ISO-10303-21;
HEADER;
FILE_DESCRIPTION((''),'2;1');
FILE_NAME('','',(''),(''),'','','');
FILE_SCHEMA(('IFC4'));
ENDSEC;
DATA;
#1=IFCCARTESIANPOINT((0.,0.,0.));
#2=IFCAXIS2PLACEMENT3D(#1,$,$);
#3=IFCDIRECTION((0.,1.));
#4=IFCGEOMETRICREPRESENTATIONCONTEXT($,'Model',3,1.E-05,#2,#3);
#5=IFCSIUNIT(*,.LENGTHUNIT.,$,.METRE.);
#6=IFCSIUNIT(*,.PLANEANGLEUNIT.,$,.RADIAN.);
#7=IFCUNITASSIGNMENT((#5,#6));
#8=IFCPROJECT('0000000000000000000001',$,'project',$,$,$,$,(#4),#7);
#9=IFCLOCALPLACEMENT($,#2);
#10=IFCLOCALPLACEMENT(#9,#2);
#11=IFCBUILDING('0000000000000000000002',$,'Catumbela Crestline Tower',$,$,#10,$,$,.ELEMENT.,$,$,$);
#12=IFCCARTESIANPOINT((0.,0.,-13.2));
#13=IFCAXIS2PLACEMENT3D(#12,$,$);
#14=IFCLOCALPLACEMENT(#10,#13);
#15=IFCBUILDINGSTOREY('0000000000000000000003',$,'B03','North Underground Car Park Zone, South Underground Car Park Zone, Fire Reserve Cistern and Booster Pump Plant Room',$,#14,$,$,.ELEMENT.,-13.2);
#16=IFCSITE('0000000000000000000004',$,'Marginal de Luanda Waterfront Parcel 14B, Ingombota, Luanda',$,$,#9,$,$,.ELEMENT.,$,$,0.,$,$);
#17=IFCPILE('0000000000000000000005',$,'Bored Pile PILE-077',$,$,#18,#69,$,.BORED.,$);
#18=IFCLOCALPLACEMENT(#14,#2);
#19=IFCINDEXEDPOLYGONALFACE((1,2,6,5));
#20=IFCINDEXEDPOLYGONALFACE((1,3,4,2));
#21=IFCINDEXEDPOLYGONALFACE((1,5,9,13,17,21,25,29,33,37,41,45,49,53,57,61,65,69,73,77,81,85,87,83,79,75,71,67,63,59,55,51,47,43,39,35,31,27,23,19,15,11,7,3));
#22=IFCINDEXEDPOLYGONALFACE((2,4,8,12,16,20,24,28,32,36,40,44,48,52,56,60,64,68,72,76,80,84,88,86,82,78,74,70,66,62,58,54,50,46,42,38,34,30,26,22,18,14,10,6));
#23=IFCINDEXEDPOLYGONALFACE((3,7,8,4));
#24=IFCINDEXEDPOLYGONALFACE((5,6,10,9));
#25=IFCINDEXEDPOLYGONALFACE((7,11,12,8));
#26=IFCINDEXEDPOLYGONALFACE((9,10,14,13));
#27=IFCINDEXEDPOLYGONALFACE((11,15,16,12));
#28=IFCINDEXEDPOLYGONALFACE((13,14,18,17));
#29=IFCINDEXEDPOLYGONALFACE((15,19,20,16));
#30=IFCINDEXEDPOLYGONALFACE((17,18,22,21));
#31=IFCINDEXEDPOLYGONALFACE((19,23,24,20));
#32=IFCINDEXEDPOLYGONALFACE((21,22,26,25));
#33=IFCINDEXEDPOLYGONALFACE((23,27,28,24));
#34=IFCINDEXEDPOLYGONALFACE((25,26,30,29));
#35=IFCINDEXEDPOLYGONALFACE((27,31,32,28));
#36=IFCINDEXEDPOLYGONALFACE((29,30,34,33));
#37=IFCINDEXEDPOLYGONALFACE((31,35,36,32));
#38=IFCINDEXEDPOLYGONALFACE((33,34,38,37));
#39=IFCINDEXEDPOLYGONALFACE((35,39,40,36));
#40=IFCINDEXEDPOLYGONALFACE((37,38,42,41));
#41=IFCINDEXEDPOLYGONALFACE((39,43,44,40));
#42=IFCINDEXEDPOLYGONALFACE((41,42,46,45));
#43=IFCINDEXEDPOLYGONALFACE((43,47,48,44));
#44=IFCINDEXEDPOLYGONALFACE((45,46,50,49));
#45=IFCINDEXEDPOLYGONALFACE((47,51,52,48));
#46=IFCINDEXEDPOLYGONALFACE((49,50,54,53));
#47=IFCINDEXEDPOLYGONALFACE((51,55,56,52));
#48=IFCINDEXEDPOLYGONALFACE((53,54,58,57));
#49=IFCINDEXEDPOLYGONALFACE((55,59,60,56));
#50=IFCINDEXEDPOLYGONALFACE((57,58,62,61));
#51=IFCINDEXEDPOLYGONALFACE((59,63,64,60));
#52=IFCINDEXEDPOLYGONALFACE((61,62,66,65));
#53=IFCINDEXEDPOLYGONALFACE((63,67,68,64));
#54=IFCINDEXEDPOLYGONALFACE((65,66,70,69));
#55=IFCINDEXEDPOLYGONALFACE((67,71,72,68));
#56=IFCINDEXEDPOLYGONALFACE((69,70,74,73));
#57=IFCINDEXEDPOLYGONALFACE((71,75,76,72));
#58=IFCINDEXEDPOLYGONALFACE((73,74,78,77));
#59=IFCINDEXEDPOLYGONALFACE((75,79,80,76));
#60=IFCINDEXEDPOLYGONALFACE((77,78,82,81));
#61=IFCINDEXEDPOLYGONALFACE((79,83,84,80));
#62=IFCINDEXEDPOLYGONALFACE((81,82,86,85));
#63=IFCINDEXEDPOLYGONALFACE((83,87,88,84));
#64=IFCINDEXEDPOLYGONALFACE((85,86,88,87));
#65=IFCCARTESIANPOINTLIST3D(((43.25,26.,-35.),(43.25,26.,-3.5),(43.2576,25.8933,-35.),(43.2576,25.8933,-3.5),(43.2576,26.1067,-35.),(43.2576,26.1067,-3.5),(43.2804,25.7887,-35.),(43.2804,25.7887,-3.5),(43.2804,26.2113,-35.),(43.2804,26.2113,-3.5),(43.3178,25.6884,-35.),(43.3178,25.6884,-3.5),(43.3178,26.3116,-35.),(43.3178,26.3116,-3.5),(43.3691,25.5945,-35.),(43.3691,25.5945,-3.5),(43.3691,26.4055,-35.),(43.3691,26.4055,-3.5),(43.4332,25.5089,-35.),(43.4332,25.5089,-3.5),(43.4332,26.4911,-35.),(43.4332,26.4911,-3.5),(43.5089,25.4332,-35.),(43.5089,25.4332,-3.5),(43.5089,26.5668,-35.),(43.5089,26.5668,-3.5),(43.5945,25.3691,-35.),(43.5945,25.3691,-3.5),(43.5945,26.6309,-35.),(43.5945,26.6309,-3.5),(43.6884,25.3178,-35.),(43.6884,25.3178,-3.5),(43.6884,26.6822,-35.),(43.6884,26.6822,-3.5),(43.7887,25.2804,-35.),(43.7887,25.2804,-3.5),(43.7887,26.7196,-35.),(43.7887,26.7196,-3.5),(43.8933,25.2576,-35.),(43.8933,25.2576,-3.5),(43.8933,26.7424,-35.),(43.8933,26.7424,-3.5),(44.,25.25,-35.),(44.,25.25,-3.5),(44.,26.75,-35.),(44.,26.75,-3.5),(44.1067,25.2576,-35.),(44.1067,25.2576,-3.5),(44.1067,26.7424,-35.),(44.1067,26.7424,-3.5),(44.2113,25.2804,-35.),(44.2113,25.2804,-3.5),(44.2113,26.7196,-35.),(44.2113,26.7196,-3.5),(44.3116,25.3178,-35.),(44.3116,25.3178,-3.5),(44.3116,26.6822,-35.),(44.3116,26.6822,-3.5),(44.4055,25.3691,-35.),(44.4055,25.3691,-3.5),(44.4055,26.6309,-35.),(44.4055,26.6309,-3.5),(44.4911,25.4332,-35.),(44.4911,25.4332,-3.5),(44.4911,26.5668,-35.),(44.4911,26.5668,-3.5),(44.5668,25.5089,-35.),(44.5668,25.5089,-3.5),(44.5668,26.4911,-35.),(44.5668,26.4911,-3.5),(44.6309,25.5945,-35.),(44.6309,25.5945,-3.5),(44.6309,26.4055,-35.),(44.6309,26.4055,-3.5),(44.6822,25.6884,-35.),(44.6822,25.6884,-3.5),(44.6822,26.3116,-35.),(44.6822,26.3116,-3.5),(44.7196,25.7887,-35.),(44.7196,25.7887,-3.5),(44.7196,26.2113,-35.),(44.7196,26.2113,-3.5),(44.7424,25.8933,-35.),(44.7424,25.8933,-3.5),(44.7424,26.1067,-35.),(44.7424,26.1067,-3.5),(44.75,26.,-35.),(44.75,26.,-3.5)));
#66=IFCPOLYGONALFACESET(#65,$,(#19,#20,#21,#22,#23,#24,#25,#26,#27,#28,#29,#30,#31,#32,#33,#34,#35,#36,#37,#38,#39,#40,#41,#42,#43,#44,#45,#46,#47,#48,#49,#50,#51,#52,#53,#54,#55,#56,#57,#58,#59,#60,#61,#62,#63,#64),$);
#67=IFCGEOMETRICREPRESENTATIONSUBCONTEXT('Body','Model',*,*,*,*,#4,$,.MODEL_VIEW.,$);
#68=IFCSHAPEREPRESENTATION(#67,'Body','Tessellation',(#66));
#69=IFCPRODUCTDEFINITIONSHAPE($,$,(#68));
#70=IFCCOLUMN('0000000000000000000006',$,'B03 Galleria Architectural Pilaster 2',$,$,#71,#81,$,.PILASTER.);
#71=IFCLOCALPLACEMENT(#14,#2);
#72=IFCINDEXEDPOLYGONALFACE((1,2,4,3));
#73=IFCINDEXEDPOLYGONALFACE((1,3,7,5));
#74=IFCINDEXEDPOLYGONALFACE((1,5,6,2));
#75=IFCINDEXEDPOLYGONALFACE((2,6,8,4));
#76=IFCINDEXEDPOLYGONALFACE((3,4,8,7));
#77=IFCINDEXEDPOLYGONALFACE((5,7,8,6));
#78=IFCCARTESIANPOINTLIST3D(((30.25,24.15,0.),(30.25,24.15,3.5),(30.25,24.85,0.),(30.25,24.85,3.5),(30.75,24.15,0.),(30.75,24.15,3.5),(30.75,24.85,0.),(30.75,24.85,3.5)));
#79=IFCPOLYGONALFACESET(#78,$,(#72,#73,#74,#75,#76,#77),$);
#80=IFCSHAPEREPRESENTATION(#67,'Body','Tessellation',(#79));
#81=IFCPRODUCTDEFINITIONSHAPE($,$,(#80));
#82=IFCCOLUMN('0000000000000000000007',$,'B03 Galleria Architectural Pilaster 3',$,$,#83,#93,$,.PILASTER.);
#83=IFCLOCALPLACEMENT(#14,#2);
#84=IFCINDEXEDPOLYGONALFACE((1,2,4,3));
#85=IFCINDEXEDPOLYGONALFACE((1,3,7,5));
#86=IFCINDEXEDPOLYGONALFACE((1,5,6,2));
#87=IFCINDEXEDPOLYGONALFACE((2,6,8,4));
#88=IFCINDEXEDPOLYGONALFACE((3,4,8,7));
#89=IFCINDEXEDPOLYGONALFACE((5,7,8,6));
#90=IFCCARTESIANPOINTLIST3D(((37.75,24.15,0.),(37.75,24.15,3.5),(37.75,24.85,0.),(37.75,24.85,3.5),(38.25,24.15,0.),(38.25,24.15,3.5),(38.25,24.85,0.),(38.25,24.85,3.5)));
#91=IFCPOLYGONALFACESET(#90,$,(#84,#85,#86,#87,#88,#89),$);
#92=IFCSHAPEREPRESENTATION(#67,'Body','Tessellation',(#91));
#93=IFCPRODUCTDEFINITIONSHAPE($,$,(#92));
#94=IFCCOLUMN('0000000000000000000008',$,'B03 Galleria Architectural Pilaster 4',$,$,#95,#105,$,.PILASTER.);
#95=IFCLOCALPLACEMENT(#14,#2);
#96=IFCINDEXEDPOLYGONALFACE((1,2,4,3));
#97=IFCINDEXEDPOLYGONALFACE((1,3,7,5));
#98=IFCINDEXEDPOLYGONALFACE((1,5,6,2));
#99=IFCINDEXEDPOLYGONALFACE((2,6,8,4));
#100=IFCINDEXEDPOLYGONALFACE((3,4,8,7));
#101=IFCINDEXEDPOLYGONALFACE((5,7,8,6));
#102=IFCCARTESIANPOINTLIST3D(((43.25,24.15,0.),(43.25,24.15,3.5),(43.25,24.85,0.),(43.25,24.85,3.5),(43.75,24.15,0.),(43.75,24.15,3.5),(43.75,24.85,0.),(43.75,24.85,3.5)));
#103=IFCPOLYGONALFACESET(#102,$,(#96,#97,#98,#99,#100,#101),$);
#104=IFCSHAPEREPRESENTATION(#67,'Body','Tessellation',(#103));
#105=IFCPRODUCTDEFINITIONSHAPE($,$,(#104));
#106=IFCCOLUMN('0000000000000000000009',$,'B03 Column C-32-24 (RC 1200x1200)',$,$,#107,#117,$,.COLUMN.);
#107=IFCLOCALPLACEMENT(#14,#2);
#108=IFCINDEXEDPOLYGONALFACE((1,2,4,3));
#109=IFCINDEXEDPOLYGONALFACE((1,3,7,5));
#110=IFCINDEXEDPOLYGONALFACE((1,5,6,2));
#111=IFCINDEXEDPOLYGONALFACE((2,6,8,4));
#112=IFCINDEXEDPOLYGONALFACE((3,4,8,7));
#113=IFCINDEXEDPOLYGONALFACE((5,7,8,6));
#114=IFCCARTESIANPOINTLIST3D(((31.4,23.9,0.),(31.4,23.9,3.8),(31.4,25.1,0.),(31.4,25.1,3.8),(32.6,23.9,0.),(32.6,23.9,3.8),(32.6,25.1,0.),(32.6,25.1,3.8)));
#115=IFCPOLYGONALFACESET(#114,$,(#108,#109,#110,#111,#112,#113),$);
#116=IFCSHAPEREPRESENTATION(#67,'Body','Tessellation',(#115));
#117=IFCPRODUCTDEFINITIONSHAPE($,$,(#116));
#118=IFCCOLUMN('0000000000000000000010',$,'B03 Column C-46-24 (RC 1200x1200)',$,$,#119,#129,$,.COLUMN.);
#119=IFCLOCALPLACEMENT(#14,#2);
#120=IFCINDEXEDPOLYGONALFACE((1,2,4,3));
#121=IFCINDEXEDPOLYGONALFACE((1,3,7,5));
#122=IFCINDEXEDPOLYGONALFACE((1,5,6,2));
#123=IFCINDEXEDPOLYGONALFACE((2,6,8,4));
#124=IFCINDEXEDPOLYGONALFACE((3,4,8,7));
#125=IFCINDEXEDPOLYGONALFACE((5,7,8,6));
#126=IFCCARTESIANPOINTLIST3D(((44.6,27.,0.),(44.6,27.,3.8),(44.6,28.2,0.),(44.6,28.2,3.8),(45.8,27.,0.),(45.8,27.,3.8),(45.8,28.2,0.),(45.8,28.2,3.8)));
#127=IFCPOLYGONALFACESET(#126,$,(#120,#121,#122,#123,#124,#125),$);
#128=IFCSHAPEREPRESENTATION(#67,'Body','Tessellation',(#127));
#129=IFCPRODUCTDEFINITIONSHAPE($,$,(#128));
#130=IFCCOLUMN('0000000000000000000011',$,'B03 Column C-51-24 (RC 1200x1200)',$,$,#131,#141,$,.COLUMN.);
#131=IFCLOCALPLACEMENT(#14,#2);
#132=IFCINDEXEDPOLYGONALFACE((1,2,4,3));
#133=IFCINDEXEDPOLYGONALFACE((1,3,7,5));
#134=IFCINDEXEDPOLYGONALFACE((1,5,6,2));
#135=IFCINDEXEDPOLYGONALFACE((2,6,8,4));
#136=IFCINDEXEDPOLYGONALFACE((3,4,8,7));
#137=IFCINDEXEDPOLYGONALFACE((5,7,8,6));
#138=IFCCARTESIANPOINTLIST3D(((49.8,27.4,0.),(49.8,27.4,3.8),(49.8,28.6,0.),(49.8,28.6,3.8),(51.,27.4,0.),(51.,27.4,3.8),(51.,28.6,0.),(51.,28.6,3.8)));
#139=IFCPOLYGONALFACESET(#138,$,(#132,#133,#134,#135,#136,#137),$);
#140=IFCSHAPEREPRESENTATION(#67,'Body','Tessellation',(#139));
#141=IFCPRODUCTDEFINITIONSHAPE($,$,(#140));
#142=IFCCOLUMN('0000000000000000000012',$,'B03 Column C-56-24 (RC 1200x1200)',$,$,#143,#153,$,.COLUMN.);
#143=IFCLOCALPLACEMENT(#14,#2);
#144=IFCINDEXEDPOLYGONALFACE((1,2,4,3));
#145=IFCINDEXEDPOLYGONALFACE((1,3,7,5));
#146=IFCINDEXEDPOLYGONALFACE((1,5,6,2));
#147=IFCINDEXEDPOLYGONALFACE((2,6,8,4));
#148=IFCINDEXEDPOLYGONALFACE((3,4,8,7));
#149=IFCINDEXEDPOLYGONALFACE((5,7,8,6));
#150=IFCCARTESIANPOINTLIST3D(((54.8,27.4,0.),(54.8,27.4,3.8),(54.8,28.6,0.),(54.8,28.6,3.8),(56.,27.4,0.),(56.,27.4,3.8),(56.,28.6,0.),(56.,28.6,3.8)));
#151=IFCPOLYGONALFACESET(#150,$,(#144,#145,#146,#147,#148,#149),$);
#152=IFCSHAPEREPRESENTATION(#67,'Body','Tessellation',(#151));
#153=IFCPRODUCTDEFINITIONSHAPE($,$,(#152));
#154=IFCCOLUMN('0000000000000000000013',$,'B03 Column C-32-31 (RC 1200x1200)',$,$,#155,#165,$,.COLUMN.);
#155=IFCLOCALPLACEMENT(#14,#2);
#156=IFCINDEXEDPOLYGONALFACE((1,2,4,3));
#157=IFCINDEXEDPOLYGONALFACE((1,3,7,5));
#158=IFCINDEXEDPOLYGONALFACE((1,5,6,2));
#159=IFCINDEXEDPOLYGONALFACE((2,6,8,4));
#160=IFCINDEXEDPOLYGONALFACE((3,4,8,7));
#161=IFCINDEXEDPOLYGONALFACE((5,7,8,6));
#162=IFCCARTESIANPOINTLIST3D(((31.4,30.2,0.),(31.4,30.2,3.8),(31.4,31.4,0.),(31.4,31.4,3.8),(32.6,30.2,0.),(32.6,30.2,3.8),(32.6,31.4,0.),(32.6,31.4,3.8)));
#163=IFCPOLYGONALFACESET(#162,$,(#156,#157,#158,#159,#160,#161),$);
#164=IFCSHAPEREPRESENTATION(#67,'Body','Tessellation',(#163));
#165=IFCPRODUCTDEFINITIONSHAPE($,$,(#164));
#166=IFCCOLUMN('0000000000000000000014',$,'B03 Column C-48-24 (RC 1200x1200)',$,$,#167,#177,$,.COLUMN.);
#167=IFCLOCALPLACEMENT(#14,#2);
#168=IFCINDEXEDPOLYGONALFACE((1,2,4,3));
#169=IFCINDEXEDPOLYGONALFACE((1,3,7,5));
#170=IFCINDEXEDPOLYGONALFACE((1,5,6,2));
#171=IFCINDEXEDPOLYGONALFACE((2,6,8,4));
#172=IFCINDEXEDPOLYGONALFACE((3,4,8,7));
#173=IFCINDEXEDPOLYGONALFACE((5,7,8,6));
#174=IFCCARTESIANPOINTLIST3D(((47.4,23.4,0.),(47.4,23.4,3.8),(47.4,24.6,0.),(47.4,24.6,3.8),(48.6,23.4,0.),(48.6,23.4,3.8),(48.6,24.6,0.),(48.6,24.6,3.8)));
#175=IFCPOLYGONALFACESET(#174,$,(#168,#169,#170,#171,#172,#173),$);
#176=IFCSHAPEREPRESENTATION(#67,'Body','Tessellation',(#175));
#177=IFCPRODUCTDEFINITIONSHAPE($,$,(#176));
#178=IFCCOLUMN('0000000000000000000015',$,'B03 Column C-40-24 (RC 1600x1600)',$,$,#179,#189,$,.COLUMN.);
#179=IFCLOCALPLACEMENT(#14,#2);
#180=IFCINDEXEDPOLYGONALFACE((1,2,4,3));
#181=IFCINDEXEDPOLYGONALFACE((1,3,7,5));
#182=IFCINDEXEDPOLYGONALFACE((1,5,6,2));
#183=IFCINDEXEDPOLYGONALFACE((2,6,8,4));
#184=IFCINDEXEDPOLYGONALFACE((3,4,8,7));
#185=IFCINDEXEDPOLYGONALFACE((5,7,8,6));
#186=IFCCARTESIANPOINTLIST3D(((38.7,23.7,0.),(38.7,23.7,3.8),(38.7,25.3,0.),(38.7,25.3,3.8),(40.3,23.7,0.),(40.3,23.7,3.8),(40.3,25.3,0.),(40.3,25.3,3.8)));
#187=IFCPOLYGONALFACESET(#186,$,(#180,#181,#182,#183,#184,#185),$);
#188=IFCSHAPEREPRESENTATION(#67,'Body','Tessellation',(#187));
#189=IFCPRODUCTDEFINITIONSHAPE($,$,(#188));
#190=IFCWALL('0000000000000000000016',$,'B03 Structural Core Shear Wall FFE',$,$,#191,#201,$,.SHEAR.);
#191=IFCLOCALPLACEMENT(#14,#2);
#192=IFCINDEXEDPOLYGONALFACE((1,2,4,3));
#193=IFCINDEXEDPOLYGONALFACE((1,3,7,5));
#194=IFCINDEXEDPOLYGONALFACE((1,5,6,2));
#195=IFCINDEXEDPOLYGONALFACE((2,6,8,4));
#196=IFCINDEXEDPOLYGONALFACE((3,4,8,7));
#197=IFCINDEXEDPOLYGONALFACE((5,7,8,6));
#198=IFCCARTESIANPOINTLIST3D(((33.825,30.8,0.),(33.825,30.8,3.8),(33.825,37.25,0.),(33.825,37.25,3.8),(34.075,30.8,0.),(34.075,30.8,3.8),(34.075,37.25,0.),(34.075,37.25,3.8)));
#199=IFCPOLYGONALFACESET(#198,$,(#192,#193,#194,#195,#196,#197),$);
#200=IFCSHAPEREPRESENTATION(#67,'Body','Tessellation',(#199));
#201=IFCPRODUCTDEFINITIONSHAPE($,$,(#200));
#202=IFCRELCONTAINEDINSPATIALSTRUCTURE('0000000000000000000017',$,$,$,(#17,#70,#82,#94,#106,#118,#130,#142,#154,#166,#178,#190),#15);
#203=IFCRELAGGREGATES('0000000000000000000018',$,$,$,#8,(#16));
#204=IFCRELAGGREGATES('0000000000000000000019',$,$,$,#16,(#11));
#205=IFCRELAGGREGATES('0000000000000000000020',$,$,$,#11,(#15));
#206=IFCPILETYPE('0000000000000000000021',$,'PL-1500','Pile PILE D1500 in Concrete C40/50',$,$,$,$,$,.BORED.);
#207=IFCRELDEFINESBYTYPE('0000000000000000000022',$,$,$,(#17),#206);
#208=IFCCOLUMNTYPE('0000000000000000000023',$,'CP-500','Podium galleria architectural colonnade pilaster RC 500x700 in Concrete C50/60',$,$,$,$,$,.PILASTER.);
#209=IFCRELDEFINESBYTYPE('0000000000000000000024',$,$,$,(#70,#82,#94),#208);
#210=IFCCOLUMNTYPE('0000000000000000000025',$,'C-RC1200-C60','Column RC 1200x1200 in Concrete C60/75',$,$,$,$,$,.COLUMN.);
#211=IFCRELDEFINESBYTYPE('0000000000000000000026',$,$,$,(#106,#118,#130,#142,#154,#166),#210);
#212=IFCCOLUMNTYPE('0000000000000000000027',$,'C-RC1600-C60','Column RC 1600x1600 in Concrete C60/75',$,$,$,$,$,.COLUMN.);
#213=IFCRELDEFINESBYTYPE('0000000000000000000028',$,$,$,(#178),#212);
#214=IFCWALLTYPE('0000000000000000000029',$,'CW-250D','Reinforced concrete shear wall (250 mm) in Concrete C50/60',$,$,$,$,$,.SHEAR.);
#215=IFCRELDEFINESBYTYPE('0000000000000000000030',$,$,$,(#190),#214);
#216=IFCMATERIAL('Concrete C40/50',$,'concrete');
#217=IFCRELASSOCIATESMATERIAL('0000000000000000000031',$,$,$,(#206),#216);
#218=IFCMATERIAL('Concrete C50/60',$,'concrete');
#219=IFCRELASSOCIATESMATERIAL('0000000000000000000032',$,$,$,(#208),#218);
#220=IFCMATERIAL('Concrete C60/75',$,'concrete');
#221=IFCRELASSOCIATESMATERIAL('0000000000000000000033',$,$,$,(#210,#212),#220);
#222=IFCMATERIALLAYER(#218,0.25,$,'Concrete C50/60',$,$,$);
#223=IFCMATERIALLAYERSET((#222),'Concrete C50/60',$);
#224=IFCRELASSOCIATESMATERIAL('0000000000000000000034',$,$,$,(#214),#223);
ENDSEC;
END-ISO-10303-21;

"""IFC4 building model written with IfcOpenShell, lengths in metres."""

from ifc_helpers import new_model, si_unit, direction, frame, frame_2d, origin, origin_2d, place, context, subcontext, project, spatial, rectangle, circle, extrude, material, layer, layer_set, material_profile, profile_set, type_object, element, save


model = new_model("IFC4")

# Units and contexts
model_context = context("Model", 3, precision=1e-05, world=origin(), true_north=direction((0.0, 1.0)))
body_context = subcontext(model_context, "Body", "Model", "MODEL_VIEW")
ifc_project = project(units=[si_unit("LENGTHUNIT", "METRE"), si_unit("PLANEANGLEUNIT", "RADIAN")], contexts=[model_context])

# Site, building, storey
site_placement = place(None, origin())
site = spatial("IfcSite", under=ifc_project, at=site_placement, Name="Marginal de Luanda Waterfront Parcel 14B, Ingombota, Luanda", CompositionType="ELEMENT", RefElevation=0.0)
building_placement = place(site_placement, origin())
building = spatial("IfcBuilding", under=site, at=building_placement, Name="Catumbela Crestline Tower", CompositionType="ELEMENT")
storey_placement = place(building_placement, frame((0.0, 0.0, -13.2)))
storey = spatial("IfcBuildingStorey", under=building, at=storey_placement, Name="B03", Description="North Underground Car Park Zone, South Underground Car Park Zone, Fire Reserve Cistern and Booster Pump Plant Room", CompositionType="ELEMENT", Elevation=-13.2)

# Pile
ifc_material_1 = material(Name="Concrete C40/50", Category="concrete")
ifc_material_profile_1 = material_profile(ifc_material_1, circle(Radius=0.75, at=origin_2d()), Name="PILE D1500")
ifc_profile_set_1 = profile_set([ifc_material_profile_1], Name="Concrete C40/50")
pile_type_1 = type_object("IfcPileType", Name="PL-1500", Description="Pile PILE D1500 in Concrete C40/50", PredefinedType="BORED", material=ifc_profile_set_1)
for number, where, z_axis, x_axis, name in (
    (1, (44.0, 26.0, -3.5), (0.0, 0.0, -1.0), (1.0, 0.0, 0.0), "Bored Pile PILE-077"),
):
    element("IfcPile", number, at=place(storey_placement, frame(where, z_axis=z_axis, x_axis=x_axis)), inside=storey, type_object=pile_type_1, Name=name, PredefinedType="BORED", context=body_context, shape_type="SweptSolid", body=[
        extrude(circle(Radius=0.75, at=origin_2d()), origin(), (0.0, 0.0, 1.0), 31.5),
    ])

# Columns
ifc_material_2 = material(Name="Concrete C50/60", Category="concrete")
ifc_material_profile_2 = material_profile(ifc_material_2, rectangle(XDim=0.5, YDim=0.7, at=origin_2d()), Name="RC 500x700")
ifc_profile_set_2 = profile_set([ifc_material_profile_2], Name="Concrete C50/60")
column_type_1 = type_object("IfcColumnType", Name="CP-500", Description="Podium galleria architectural colonnade pilaster RC 500x700 in Concrete C50/60", PredefinedType="PILASTER", material=ifc_profile_set_2)
for number, where, z_axis, x_axis, name in (
    (2, (30.5, 24.5, 0.0), (0.0, 0.0, 1.0), (1.0, 0.0, 0.0), "B03 Galleria Architectural Pilaster 2"),
    (3, (38.0, 24.5, 0.0), (0.0, 0.0, 1.0), (1.0, 0.0, 0.0), "B03 Galleria Architectural Pilaster 3"),
    (4, (43.5, 24.5, 0.0), (0.0, 0.0, 1.0), (1.0, 0.0, 0.0), "B03 Galleria Architectural Pilaster 4"),
):
    element("IfcColumn", number, at=place(storey_placement, frame(where, z_axis=z_axis, x_axis=x_axis)), inside=storey, type_object=column_type_1, Name=name, PredefinedType="PILASTER", context=body_context, shape_type="SweptSolid", body=[
        extrude(rectangle(XDim=0.5, YDim=0.7, at=origin_2d()), origin(), (0.0, 0.0, 1.0), 3.5),
    ])
ifc_material_3 = material(Name="Concrete C60/75", Category="concrete")
ifc_material_profile_3 = material_profile(ifc_material_3, rectangle(XDim=1.2, YDim=1.2, at=origin_2d()), Name="RC 1200x1200")
ifc_profile_set_3 = profile_set([ifc_material_profile_3], Name="Concrete C60/75")
column_type_2 = type_object("IfcColumnType", Name="C-RC1200-C60", Description="Column RC 1200x1200 in Concrete C60/75", PredefinedType="COLUMN", material=ifc_profile_set_3)
for number, where, z_axis, x_axis, name in (
    (5, (32.0, 24.5, 0.0), (0.0, 0.0, 1.0), (1.0, 0.0, 0.0), "B03 Column C-32-24 (RC 1200x1200)"),
    (6, (45.2, 27.6, 0.0), (0.0, 0.0, 1.0), (1.0, 0.0, 0.0), "B03 Column C-46-24 (RC 1200x1200)"),
    (7, (50.4, 28.0, 0.0), (0.0, 0.0, 1.0), (1.0, 0.0, 0.0), "B03 Column C-51-24 (RC 1200x1200)"),
    (8, (55.4, 28.0, 0.0), (0.0, 0.0, 1.0), (1.0, 0.0, 0.0), "B03 Column C-56-24 (RC 1200x1200)"),
    (9, (32.0, 30.8, 0.0), (0.0, 0.0, 1.0), (1.0, 0.0, 0.0), "B03 Column C-32-31 (RC 1200x1200)"),
    (10, (48.0, 24.0, 0.0), (0.0, 0.0, 1.0), (1.0, 0.0, 0.0), "B03 Column C-48-24 (RC 1200x1200)"),
):
    element("IfcColumn", number, at=place(storey_placement, frame(where, z_axis=z_axis, x_axis=x_axis)), inside=storey, type_object=column_type_2, Name=name, PredefinedType="COLUMN", context=body_context, shape_type="SweptSolid", body=[
        extrude(rectangle(XDim=1.2, YDim=1.2, at=origin_2d()), origin(), (0.0, 0.0, 1.0), 3.8),
    ])
ifc_material_profile_4 = material_profile(ifc_material_3, rectangle(XDim=1.6, YDim=1.6, at=origin_2d()), Name="RC 1600x1600")
ifc_profile_set_4 = profile_set([ifc_material_profile_4], Name="Concrete C60/75")
column_type_3 = type_object("IfcColumnType", Name="C-RC1600-C60", Description="Column RC 1600x1600 in Concrete C60/75", PredefinedType="COLUMN", material=ifc_profile_set_4)
column_placement = place(storey_placement, frame((39.5, 24.5, 0.0), z_axis=(0.0, 0.0, 1.0), x_axis=(1.0, 0.0, 0.0)))
element("IfcColumn", 11, at=column_placement, inside=storey, type_object=column_type_3, Name="B03 Column C-40-24 (RC 1600x1600)", PredefinedType="COLUMN", context=body_context, shape_type="SweptSolid", body=[
    extrude(rectangle(XDim=1.6, YDim=1.6, at=origin_2d()), origin(), (0.0, 0.0, 1.0), 3.8),
])

# Wall
ifc_layer_1 = layer(ifc_material_2, 0.25, Name="Concrete C50/60")
ifc_layer_set_1 = layer_set([ifc_layer_1], Name="Concrete C50/60")
wall_type_1 = type_object("IfcWallType", Name="CW-250D", Description="Reinforced concrete shear wall (250 mm) in Concrete C50/60", PredefinedType="SHEAR", material=ifc_layer_set_1)
wall_1_placement = place(storey_placement, frame((33.95, 30.8, 0.0), z_axis=(0.0, 0.0, 1.0), x_axis=(0.0, 1.0, 0.0)))
element("IfcWall", 12, at=wall_1_placement, inside=storey, type_object=wall_type_1, Name="B03 Structural Core Shear Wall FFE", PredefinedType="SHEAR", context=body_context, shape_type="SweptSolid", body=[
    extrude(rectangle(XDim=6.45, YDim=0.25, at=frame_2d((3.225, 0.0))), origin(), (0.0, 0.0, 1.0), 3.8),
])

save(model, "model.ifc")
